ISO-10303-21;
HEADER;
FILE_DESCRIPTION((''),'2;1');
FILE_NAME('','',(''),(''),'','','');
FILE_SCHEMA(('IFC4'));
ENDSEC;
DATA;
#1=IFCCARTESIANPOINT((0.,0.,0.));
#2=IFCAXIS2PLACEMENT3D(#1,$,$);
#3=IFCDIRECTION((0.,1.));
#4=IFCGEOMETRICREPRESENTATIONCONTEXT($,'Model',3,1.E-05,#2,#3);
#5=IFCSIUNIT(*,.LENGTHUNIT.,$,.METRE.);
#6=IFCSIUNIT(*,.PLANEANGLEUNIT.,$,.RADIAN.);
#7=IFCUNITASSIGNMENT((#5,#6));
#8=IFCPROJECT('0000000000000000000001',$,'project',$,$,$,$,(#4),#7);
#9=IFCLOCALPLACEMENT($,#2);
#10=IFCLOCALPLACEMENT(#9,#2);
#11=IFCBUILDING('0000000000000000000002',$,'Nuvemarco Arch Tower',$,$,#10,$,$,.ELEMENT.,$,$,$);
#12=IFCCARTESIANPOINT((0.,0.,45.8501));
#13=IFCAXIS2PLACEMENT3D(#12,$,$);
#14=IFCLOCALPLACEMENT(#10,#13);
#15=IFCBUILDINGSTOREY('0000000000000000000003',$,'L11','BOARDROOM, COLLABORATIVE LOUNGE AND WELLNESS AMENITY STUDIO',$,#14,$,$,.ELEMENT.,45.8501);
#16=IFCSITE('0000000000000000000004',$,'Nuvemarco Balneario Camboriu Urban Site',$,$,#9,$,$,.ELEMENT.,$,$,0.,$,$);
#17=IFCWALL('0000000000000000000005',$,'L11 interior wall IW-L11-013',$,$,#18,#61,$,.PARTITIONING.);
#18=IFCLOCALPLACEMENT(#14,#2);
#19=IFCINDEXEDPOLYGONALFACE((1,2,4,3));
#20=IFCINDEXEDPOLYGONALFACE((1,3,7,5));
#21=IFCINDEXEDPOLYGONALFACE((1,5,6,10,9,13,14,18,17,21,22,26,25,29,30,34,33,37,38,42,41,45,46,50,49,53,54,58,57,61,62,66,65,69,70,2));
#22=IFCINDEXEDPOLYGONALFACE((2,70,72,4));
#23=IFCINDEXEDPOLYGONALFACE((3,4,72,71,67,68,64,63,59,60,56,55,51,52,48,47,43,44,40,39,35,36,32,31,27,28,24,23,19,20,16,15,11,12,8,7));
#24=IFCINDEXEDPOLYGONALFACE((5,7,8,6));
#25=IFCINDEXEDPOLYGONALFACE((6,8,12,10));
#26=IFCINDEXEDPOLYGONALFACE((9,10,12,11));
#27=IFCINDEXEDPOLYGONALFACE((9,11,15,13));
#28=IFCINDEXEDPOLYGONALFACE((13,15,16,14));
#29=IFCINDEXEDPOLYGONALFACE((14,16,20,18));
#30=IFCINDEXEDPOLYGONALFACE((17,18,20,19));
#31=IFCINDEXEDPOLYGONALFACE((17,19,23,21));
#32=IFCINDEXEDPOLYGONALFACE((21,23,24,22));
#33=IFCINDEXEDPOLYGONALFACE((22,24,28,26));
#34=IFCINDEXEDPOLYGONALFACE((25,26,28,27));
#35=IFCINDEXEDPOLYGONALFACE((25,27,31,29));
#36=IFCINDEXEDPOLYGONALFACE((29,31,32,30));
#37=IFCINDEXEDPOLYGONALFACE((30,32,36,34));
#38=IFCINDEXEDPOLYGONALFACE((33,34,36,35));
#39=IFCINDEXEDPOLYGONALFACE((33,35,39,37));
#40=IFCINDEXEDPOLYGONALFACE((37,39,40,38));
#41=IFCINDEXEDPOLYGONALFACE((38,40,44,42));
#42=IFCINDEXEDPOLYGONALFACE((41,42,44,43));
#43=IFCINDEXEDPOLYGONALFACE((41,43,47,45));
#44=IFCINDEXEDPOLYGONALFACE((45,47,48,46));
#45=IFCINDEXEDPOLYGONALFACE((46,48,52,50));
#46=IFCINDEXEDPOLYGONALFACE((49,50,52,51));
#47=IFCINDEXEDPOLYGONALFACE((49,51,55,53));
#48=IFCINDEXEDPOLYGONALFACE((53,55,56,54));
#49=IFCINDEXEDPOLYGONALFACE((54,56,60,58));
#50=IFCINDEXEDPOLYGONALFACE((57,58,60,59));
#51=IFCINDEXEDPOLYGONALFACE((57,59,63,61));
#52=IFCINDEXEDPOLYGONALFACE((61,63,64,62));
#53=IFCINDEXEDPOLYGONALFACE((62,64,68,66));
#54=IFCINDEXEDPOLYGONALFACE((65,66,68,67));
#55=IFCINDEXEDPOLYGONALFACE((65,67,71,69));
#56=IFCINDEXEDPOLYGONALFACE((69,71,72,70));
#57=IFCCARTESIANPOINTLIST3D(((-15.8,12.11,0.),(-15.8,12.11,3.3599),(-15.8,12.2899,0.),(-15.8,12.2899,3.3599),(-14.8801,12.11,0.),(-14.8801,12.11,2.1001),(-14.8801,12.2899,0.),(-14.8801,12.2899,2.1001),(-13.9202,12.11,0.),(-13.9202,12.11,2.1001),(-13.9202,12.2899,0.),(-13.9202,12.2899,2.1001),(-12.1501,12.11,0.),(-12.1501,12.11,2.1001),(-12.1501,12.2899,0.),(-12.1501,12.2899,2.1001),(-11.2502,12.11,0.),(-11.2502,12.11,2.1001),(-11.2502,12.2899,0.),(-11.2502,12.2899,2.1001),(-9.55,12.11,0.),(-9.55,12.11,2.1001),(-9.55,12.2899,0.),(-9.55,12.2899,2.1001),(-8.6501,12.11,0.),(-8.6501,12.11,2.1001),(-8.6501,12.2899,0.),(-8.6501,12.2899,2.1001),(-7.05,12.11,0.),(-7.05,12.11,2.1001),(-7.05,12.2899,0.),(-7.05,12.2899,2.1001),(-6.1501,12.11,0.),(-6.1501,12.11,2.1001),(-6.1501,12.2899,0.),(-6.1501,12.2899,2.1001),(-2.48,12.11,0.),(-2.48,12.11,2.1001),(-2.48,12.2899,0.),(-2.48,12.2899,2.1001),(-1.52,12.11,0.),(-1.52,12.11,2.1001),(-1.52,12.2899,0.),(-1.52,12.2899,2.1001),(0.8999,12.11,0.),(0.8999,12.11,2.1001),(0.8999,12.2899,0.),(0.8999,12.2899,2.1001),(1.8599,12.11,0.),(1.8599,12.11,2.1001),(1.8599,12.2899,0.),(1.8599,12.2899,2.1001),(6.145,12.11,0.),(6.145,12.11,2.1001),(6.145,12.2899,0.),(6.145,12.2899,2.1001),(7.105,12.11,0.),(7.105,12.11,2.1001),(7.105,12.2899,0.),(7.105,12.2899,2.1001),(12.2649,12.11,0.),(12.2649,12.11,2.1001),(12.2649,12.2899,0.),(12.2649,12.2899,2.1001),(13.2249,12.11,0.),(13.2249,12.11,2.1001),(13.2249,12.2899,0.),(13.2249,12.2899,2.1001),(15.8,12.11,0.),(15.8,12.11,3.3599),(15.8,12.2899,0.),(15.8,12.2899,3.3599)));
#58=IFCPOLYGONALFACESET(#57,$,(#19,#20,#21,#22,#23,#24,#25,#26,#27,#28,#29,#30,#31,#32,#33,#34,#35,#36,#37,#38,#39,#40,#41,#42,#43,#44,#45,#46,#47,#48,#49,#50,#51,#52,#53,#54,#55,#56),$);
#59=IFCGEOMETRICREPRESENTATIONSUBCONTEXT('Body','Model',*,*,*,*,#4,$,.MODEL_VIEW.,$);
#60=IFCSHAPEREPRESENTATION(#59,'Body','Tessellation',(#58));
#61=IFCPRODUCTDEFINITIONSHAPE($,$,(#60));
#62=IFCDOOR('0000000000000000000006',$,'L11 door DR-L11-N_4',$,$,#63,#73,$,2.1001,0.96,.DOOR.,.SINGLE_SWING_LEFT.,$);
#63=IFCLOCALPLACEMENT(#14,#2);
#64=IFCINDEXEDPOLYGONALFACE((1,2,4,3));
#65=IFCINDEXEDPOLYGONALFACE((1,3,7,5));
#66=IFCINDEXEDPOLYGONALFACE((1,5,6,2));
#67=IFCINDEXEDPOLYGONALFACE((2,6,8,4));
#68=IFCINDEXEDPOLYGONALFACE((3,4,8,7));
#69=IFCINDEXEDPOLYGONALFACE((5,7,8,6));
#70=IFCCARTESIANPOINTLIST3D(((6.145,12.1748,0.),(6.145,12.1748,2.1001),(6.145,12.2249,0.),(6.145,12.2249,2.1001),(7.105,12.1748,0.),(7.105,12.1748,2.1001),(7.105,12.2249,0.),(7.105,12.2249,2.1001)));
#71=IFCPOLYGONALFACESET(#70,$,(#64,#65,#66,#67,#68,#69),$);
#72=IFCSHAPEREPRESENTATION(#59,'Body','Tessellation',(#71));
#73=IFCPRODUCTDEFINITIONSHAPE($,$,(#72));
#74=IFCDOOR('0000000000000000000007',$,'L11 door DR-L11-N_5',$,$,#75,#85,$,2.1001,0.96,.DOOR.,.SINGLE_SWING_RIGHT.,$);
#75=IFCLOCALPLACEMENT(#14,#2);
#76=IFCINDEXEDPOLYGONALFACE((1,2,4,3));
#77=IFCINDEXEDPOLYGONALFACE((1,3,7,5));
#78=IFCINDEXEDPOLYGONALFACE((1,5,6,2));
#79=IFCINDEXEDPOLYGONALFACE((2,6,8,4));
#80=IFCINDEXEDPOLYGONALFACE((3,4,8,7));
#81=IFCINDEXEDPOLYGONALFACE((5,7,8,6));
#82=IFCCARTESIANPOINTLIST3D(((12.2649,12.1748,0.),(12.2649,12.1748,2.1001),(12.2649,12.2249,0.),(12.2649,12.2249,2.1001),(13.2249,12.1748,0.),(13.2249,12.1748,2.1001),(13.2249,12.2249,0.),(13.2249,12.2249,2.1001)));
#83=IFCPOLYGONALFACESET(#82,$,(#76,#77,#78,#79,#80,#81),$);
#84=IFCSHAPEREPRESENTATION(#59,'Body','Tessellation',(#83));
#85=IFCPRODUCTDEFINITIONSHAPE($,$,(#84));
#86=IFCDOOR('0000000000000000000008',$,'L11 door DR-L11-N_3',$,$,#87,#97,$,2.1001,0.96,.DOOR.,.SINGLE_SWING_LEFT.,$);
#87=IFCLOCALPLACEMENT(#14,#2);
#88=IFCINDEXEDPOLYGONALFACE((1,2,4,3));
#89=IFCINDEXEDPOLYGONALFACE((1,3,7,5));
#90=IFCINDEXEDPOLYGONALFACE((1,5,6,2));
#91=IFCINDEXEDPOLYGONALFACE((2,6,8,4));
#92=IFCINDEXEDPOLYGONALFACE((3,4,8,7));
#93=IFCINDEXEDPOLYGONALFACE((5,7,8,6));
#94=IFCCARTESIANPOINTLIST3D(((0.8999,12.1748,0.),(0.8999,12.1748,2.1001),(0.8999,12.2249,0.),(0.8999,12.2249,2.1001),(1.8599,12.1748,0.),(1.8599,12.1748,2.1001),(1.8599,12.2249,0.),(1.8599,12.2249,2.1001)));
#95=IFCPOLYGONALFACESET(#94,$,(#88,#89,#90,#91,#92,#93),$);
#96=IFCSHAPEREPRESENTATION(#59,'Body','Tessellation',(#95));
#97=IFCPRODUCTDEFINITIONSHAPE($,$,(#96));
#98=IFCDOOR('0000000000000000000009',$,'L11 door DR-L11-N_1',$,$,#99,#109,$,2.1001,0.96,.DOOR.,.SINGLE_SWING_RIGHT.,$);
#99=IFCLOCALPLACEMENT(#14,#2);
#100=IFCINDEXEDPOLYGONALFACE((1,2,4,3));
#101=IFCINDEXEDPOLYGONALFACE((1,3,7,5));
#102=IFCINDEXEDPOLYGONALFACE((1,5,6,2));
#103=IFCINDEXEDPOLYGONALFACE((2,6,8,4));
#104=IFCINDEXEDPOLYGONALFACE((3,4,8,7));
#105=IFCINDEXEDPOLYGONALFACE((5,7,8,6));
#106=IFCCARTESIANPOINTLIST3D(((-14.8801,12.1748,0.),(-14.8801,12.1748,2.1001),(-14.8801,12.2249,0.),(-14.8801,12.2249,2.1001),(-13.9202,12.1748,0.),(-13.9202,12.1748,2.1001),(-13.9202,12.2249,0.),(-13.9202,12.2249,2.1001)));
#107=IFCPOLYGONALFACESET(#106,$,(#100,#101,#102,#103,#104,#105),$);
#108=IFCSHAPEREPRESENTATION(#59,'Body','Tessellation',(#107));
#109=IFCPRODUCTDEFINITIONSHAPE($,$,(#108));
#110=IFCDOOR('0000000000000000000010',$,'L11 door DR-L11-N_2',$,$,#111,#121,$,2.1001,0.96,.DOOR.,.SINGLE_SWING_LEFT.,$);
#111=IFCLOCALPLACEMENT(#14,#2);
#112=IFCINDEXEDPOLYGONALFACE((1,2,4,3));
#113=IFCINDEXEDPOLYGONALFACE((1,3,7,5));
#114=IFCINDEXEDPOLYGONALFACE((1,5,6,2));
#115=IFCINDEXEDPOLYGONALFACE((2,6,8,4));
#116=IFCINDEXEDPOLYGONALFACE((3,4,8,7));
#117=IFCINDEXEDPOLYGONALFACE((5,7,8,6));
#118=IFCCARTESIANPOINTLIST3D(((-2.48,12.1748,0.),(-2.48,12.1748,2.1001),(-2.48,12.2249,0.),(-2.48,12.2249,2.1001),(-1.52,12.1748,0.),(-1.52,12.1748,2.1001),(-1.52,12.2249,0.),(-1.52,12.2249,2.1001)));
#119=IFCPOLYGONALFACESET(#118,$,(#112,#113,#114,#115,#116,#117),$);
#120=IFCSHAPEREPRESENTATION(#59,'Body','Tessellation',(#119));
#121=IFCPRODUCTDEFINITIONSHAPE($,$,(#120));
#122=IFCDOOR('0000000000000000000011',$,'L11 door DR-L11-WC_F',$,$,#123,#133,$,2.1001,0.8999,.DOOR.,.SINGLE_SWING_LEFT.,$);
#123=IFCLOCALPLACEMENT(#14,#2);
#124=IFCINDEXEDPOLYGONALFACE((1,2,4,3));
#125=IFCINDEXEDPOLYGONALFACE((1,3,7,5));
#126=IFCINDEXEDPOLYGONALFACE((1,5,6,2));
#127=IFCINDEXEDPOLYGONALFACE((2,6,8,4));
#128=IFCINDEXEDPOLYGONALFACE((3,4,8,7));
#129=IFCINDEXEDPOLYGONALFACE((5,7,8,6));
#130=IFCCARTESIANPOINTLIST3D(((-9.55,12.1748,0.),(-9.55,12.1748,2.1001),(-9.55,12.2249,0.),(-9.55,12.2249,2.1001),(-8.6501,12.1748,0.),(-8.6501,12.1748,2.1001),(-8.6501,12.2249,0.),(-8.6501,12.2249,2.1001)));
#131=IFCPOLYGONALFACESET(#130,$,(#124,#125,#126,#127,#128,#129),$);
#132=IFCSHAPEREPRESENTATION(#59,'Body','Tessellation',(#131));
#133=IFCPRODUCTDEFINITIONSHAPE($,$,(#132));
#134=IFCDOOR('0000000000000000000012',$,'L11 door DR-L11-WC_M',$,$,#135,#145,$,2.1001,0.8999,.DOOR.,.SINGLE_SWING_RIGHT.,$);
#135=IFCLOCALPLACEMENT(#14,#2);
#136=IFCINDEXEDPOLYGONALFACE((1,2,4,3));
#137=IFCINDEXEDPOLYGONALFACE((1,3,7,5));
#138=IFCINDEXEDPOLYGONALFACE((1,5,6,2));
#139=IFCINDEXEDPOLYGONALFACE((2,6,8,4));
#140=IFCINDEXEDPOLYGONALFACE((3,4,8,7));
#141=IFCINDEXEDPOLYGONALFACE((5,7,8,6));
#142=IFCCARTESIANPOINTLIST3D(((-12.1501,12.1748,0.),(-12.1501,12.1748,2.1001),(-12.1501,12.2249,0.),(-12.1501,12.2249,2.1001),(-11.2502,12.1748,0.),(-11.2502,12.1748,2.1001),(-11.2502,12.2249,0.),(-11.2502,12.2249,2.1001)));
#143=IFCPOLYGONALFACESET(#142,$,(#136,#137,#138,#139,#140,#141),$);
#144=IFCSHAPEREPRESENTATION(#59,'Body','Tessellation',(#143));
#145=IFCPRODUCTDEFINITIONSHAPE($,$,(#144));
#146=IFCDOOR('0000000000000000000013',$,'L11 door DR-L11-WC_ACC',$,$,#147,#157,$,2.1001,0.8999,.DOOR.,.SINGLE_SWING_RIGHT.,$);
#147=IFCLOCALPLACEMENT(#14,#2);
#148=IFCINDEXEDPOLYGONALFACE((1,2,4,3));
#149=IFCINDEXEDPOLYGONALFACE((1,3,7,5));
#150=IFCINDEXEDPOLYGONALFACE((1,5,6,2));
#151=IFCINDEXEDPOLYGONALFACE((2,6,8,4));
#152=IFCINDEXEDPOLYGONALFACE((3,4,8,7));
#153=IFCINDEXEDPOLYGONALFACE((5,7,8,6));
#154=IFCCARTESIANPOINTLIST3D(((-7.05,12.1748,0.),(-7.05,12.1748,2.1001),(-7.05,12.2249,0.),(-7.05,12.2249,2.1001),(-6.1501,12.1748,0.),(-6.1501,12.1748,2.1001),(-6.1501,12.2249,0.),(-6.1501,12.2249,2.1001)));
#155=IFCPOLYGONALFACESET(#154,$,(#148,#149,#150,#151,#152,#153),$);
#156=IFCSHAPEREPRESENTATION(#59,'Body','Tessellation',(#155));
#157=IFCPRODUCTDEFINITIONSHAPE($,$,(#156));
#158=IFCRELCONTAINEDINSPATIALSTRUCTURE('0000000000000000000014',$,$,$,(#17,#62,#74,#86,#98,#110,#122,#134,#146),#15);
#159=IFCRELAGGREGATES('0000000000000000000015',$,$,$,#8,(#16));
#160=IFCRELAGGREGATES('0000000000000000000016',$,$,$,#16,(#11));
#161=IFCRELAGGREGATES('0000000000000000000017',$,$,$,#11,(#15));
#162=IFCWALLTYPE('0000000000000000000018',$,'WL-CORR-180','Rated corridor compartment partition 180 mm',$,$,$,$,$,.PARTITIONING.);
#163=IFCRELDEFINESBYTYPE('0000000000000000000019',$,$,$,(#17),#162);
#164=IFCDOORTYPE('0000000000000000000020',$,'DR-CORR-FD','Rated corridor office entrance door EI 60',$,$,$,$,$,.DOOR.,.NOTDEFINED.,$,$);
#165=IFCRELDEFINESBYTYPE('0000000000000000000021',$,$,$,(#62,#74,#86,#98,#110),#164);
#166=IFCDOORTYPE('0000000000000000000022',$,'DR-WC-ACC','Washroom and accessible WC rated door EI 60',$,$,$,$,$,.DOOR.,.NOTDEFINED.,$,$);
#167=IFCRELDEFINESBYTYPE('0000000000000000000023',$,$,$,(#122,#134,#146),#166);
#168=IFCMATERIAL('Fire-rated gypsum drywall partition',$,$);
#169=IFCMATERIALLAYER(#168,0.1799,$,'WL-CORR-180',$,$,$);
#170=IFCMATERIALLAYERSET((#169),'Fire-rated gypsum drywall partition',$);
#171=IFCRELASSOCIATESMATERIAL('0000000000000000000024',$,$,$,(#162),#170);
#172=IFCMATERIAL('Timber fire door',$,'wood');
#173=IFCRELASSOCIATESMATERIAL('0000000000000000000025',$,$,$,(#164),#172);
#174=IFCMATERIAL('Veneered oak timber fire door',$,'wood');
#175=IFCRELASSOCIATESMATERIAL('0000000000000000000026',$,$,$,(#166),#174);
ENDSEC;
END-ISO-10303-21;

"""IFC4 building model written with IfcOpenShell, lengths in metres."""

from ifc_helpers import new_model, si_unit, direction, frame, frame_2d, origin, place, context, subcontext, project, spatial, rectangle, extrude, source, transform, mapped, material, layer, layer_set, type_object, type_shapes, element, fill, save


model = new_model("IFC4")

# Units and contexts
model_context = context("Model", 3, precision=1e-05, world=origin(), true_north=direction((0.0, 1.0)))
body_context = subcontext(model_context, "Body", "Model", "MODEL_VIEW")
ifc_project = project(units=[si_unit("LENGTHUNIT", "METRE"), si_unit("PLANEANGLEUNIT", "RADIAN")], contexts=[model_context])

# Site, building, storey
site_placement = place(None, origin())
site = spatial("IfcSite", under=ifc_project, at=site_placement, Name="Nuvemarco Balneario Camboriu Urban Site", CompositionType="ELEMENT", RefElevation=0.0)
building_placement = place(site_placement, origin())
building = spatial("IfcBuilding", under=site, at=building_placement, Name="Nuvemarco Arch Tower", CompositionType="ELEMENT")
storey_placement = place(building_placement, frame((0.0, 0.0, 45.8501)))
storey = spatial("IfcBuildingStorey", under=building, at=storey_placement, Name="L11", Description="BOARDROOM, COLLABORATIVE LOUNGE AND WELLNESS AMENITY STUDIO", CompositionType="ELEMENT", Elevation=45.8501)

# Wall, openings, doors
ifc_material_1 = material(Name="Fire-rated gypsum drywall partition")
ifc_layer_1 = layer(ifc_material_1, 0.1799, Name="WL-CORR-180")
ifc_layer_set_1 = layer_set([ifc_layer_1], Name="Fire-rated gypsum drywall partition")
wall_type_1 = type_object("IfcWallType", Name="WL-CORR-180", Description="Rated corridor compartment partition 180 mm", PredefinedType="PARTITIONING", material=ifc_layer_set_1)
wall_1_placement = place(storey_placement, frame((-15.8, 12.2, 0.0), z_axis=(0.0, 0.0, 1.0), x_axis=(1.0, 0.0, 0.0)))
wall_1 = element("IfcWall", 1, at=wall_1_placement, inside=storey, type_object=wall_type_1, Name="L11 interior wall IW-L11-013", PredefinedType="PARTITIONING", context=body_context, shape_type="SweptSolid", body=[
    extrude(rectangle(XDim=31.6001, YDim=0.1799, at=frame_2d((15.8, 0.0))), origin(), (0.0, 0.0, 1.0), 3.3599),
])
opening_1_placement = place(wall_1_placement, frame((21.9451, 0.0, 0.0)))
opening_1 = element("IfcOpeningElement", 2, at=opening_1_placement, cuts=wall_1, PredefinedType="OPENING", context=body_context, shape_type="SweptSolid", body=[
    extrude(rectangle(XDim=0.96, YDim=2.1001, at=frame_2d((0.48, 1.05))), frame((0.0, 0.0999, 0.0), z_axis=(0.0, -1.0, 0.0), x_axis=(1.0, 0.0, 0.0)), (0.0, 0.0, 1.0), 0.2),
])
opening_2_placement = place(wall_1_placement, frame((28.0649, 0.0, 0.0)))
opening_2 = element("IfcOpeningElement", 3, at=opening_2_placement, cuts=wall_1, PredefinedType="OPENING", context=body_context, shape_type="SweptSolid", body=[
    extrude(rectangle(XDim=0.96, YDim=2.1001, at=frame_2d((0.48, 1.05))), frame((0.0, 0.0999, 0.0), z_axis=(0.0, -1.0, 0.0), x_axis=(1.0, 0.0, 0.0)), (0.0, 0.0, 1.0), 0.2),
])
opening_3_placement = place(wall_1_placement, frame((16.7, 0.0, 0.0)))
opening_3 = element("IfcOpeningElement", 4, at=opening_3_placement, cuts=wall_1, PredefinedType="OPENING", context=body_context, shape_type="SweptSolid", body=[
    extrude(rectangle(XDim=0.96, YDim=2.1001, at=frame_2d((0.48, 1.05))), frame((0.0, 0.0999, 0.0), z_axis=(0.0, -1.0, 0.0), x_axis=(1.0, 0.0, 0.0)), (0.0, 0.0, 1.0), 0.2),
])
opening_4_placement = place(wall_1_placement, frame((0.9199, 0.0, 0.0)))
opening_4 = element("IfcOpeningElement", 5, at=opening_4_placement, cuts=wall_1, PredefinedType="OPENING", context=body_context, shape_type="SweptSolid", body=[
    extrude(rectangle(XDim=0.96, YDim=2.1001, at=frame_2d((0.48, 1.05))), frame((0.0, 0.0999, 0.0), z_axis=(0.0, -1.0, 0.0), x_axis=(1.0, 0.0, 0.0)), (0.0, 0.0, 1.0), 0.2),
])
opening_5_placement = place(wall_1_placement, frame((6.25, 0.0, 0.0)))
opening_5 = element("IfcOpeningElement", 6, at=opening_5_placement, cuts=wall_1, PredefinedType="OPENING", context=body_context, shape_type="SweptSolid", body=[
    extrude(rectangle(XDim=0.8999, YDim=2.1001, at=frame_2d((0.45, 1.05))), frame((0.0, 0.0999, 0.0), z_axis=(0.0, -1.0, 0.0), x_axis=(1.0, 0.0, 0.0)), (0.0, 0.0, 1.0), 0.2),
])
opening_6_placement = place(wall_1_placement, frame((3.6499, 0.0, 0.0)))
opening_6 = element("IfcOpeningElement", 7, at=opening_6_placement, cuts=wall_1, PredefinedType="OPENING", context=body_context, shape_type="SweptSolid", body=[
    extrude(rectangle(XDim=0.8999, YDim=2.1001, at=frame_2d((0.45, 1.05))), frame((0.0, 0.0999, 0.0), z_axis=(0.0, -1.0, 0.0), x_axis=(1.0, 0.0, 0.0)), (0.0, 0.0, 1.0), 0.2),
])
opening_7_placement = place(wall_1_placement, frame((13.3201, 0.0, 0.0)))
opening_7 = element("IfcOpeningElement", 8, at=opening_7_placement, cuts=wall_1, PredefinedType="OPENING", context=body_context, shape_type="SweptSolid", body=[
    extrude(rectangle(XDim=0.96, YDim=2.1001, at=frame_2d((0.48, 1.05))), frame((0.0, 0.0999, 0.0), z_axis=(0.0, -1.0, 0.0), x_axis=(1.0, 0.0, 0.0)), (0.0, 0.0, 1.0), 0.2),
])
opening_8_placement = place(wall_1_placement, frame((8.75, 0.0, 0.0)))
opening_8 = element("IfcOpeningElement", 9, at=opening_8_placement, cuts=wall_1, PredefinedType="OPENING", context=body_context, shape_type="SweptSolid", body=[
    extrude(rectangle(XDim=0.8999, YDim=2.1001, at=frame_2d((0.45, 1.05))), frame((0.0, 0.0999, 0.0), z_axis=(0.0, -1.0, 0.0), x_axis=(1.0, 0.0, 0.0)), (0.0, 0.0, 1.0), 0.2),
])
ifc_material_2 = material(Name="Timber fire door", Category="wood")
door_type_1 = type_object("IfcDoorType", Name="DR-CORR-FD", Description="Rated corridor office entrance door EI 60", OperationType="NOTDEFINED", PredefinedType="DOOR", material=ifc_material_2)
shared_shape_1 = source(origin(), body_context, "Body", "SweptSolid", [
    extrude(rectangle(XDim=0.96, YDim=2.1001, at=frame_2d((0.48, 1.05))), frame((0.0, 0.0249, 0.0), z_axis=(0.0, -1.0, 0.0), x_axis=(1.0, 0.0, 0.0)), (0.0, 0.0, 1.0), 0.05),
])
type_shapes(door_type_1, [shared_shape_1])
door_1_placement = place(opening_1_placement, origin())
door_1 = element("IfcDoor", 10, at=door_1_placement, inside=storey, type_object=door_type_1, Name="L11 door DR-L11-N_4", OperationType="SINGLE_SWING_LEFT", OverallHeight=2.1001, OverallWidth=0.96, PredefinedType="DOOR", context=body_context, shape_type="MappedRepresentation", body=[
    mapped(shared_shape_1, transform((0.0, 0.0, 0.0), scale=1.0)),
])
fill(opening_1, door_1)
door_2_placement = place(opening_2_placement, origin())
door_2 = element("IfcDoor", 11, at=door_2_placement, inside=storey, type_object=door_type_1, Name="L11 door DR-L11-N_5", OperationType="SINGLE_SWING_RIGHT", OverallHeight=2.1001, OverallWidth=0.96, PredefinedType="DOOR", context=body_context, shape_type="MappedRepresentation", body=[
    mapped(shared_shape_1, transform((0.0, 0.0, 0.0), scale=1.0)),
])
fill(opening_2, door_2)
door_3_placement = place(opening_3_placement, origin())
door_3 = element("IfcDoor", 12, at=door_3_placement, inside=storey, type_object=door_type_1, Name="L11 door DR-L11-N_3", OperationType="SINGLE_SWING_LEFT", OverallHeight=2.1001, OverallWidth=0.96, PredefinedType="DOOR", context=body_context, shape_type="MappedRepresentation", body=[
    mapped(shared_shape_1, transform((0.0, 0.0, 0.0), scale=1.0)),
])
fill(opening_3, door_3)
door_4_placement = place(opening_4_placement, origin())
door_4 = element("IfcDoor", 13, at=door_4_placement, inside=storey, type_object=door_type_1, Name="L11 door DR-L11-N_1", OperationType="SINGLE_SWING_RIGHT", OverallHeight=2.1001, OverallWidth=0.96, PredefinedType="DOOR", context=body_context, shape_type="MappedRepresentation", body=[
    mapped(shared_shape_1, transform((0.0, 0.0, 0.0), scale=1.0)),
])
fill(opening_4, door_4)
door_5_placement = place(opening_7_placement, origin())
door_5 = element("IfcDoor", 14, at=door_5_placement, inside=storey, type_object=door_type_1, Name="L11 door DR-L11-N_2", OperationType="SINGLE_SWING_LEFT", OverallHeight=2.1001, OverallWidth=0.96, PredefinedType="DOOR", context=body_context, shape_type="MappedRepresentation", body=[
    mapped(shared_shape_1, transform((0.0, 0.0, 0.0), scale=1.0)),
])
fill(opening_7, door_5)
ifc_material_3 = material(Name="Veneered oak timber fire door", Category="wood")
door_type_2 = type_object("IfcDoorType", Name="DR-WC-ACC", Description="Washroom and accessible WC rated door EI 60", OperationType="NOTDEFINED", PredefinedType="DOOR", material=ifc_material_3)
shared_shape_2 = source(origin(), body_context, "Body", "SweptSolid", [
    extrude(rectangle(XDim=0.8999, YDim=2.1001, at=frame_2d((0.45, 1.05))), frame((0.0, 0.0249, 0.0), z_axis=(0.0, -1.0, 0.0), x_axis=(1.0, 0.0, 0.0)), (0.0, 0.0, 1.0), 0.05),
])
type_shapes(door_type_2, [shared_shape_2])
door_6_placement = place(opening_5_placement, origin())
door_6 = element("IfcDoor", 15, at=door_6_placement, inside=storey, type_object=door_type_2, Name="L11 door DR-L11-WC_F", OperationType="SINGLE_SWING_LEFT", OverallHeight=2.1001, OverallWidth=0.8999, PredefinedType="DOOR", context=body_context, shape_type="MappedRepresentation", body=[
    mapped(shared_shape_2, transform((0.0, 0.0, 0.0), scale=1.0)),
])
fill(opening_5, door_6)
door_7_placement = place(opening_6_placement, origin())
door_7 = element("IfcDoor", 16, at=door_7_placement, inside=storey, type_object=door_type_2, Name="L11 door DR-L11-WC_M", OperationType="SINGLE_SWING_RIGHT", OverallHeight=2.1001, OverallWidth=0.8999, PredefinedType="DOOR", context=body_context, shape_type="MappedRepresentation", body=[
    mapped(shared_shape_2, transform((0.0, 0.0, 0.0), scale=1.0)),
])
fill(opening_6, door_7)
door_8_placement = place(opening_8_placement, origin())
door_8 = element("IfcDoor", 17, at=door_8_placement, inside=storey, type_object=door_type_2, Name="L11 door DR-L11-WC_ACC", OperationType="SINGLE_SWING_RIGHT", OverallHeight=2.1001, OverallWidth=0.8999, PredefinedType="DOOR", context=body_context, shape_type="MappedRepresentation", body=[
    mapped(shared_shape_2, transform((0.0, 0.0, 0.0), scale=1.0)),
])
fill(opening_8, door_8)

save(model, "model.ifc")
